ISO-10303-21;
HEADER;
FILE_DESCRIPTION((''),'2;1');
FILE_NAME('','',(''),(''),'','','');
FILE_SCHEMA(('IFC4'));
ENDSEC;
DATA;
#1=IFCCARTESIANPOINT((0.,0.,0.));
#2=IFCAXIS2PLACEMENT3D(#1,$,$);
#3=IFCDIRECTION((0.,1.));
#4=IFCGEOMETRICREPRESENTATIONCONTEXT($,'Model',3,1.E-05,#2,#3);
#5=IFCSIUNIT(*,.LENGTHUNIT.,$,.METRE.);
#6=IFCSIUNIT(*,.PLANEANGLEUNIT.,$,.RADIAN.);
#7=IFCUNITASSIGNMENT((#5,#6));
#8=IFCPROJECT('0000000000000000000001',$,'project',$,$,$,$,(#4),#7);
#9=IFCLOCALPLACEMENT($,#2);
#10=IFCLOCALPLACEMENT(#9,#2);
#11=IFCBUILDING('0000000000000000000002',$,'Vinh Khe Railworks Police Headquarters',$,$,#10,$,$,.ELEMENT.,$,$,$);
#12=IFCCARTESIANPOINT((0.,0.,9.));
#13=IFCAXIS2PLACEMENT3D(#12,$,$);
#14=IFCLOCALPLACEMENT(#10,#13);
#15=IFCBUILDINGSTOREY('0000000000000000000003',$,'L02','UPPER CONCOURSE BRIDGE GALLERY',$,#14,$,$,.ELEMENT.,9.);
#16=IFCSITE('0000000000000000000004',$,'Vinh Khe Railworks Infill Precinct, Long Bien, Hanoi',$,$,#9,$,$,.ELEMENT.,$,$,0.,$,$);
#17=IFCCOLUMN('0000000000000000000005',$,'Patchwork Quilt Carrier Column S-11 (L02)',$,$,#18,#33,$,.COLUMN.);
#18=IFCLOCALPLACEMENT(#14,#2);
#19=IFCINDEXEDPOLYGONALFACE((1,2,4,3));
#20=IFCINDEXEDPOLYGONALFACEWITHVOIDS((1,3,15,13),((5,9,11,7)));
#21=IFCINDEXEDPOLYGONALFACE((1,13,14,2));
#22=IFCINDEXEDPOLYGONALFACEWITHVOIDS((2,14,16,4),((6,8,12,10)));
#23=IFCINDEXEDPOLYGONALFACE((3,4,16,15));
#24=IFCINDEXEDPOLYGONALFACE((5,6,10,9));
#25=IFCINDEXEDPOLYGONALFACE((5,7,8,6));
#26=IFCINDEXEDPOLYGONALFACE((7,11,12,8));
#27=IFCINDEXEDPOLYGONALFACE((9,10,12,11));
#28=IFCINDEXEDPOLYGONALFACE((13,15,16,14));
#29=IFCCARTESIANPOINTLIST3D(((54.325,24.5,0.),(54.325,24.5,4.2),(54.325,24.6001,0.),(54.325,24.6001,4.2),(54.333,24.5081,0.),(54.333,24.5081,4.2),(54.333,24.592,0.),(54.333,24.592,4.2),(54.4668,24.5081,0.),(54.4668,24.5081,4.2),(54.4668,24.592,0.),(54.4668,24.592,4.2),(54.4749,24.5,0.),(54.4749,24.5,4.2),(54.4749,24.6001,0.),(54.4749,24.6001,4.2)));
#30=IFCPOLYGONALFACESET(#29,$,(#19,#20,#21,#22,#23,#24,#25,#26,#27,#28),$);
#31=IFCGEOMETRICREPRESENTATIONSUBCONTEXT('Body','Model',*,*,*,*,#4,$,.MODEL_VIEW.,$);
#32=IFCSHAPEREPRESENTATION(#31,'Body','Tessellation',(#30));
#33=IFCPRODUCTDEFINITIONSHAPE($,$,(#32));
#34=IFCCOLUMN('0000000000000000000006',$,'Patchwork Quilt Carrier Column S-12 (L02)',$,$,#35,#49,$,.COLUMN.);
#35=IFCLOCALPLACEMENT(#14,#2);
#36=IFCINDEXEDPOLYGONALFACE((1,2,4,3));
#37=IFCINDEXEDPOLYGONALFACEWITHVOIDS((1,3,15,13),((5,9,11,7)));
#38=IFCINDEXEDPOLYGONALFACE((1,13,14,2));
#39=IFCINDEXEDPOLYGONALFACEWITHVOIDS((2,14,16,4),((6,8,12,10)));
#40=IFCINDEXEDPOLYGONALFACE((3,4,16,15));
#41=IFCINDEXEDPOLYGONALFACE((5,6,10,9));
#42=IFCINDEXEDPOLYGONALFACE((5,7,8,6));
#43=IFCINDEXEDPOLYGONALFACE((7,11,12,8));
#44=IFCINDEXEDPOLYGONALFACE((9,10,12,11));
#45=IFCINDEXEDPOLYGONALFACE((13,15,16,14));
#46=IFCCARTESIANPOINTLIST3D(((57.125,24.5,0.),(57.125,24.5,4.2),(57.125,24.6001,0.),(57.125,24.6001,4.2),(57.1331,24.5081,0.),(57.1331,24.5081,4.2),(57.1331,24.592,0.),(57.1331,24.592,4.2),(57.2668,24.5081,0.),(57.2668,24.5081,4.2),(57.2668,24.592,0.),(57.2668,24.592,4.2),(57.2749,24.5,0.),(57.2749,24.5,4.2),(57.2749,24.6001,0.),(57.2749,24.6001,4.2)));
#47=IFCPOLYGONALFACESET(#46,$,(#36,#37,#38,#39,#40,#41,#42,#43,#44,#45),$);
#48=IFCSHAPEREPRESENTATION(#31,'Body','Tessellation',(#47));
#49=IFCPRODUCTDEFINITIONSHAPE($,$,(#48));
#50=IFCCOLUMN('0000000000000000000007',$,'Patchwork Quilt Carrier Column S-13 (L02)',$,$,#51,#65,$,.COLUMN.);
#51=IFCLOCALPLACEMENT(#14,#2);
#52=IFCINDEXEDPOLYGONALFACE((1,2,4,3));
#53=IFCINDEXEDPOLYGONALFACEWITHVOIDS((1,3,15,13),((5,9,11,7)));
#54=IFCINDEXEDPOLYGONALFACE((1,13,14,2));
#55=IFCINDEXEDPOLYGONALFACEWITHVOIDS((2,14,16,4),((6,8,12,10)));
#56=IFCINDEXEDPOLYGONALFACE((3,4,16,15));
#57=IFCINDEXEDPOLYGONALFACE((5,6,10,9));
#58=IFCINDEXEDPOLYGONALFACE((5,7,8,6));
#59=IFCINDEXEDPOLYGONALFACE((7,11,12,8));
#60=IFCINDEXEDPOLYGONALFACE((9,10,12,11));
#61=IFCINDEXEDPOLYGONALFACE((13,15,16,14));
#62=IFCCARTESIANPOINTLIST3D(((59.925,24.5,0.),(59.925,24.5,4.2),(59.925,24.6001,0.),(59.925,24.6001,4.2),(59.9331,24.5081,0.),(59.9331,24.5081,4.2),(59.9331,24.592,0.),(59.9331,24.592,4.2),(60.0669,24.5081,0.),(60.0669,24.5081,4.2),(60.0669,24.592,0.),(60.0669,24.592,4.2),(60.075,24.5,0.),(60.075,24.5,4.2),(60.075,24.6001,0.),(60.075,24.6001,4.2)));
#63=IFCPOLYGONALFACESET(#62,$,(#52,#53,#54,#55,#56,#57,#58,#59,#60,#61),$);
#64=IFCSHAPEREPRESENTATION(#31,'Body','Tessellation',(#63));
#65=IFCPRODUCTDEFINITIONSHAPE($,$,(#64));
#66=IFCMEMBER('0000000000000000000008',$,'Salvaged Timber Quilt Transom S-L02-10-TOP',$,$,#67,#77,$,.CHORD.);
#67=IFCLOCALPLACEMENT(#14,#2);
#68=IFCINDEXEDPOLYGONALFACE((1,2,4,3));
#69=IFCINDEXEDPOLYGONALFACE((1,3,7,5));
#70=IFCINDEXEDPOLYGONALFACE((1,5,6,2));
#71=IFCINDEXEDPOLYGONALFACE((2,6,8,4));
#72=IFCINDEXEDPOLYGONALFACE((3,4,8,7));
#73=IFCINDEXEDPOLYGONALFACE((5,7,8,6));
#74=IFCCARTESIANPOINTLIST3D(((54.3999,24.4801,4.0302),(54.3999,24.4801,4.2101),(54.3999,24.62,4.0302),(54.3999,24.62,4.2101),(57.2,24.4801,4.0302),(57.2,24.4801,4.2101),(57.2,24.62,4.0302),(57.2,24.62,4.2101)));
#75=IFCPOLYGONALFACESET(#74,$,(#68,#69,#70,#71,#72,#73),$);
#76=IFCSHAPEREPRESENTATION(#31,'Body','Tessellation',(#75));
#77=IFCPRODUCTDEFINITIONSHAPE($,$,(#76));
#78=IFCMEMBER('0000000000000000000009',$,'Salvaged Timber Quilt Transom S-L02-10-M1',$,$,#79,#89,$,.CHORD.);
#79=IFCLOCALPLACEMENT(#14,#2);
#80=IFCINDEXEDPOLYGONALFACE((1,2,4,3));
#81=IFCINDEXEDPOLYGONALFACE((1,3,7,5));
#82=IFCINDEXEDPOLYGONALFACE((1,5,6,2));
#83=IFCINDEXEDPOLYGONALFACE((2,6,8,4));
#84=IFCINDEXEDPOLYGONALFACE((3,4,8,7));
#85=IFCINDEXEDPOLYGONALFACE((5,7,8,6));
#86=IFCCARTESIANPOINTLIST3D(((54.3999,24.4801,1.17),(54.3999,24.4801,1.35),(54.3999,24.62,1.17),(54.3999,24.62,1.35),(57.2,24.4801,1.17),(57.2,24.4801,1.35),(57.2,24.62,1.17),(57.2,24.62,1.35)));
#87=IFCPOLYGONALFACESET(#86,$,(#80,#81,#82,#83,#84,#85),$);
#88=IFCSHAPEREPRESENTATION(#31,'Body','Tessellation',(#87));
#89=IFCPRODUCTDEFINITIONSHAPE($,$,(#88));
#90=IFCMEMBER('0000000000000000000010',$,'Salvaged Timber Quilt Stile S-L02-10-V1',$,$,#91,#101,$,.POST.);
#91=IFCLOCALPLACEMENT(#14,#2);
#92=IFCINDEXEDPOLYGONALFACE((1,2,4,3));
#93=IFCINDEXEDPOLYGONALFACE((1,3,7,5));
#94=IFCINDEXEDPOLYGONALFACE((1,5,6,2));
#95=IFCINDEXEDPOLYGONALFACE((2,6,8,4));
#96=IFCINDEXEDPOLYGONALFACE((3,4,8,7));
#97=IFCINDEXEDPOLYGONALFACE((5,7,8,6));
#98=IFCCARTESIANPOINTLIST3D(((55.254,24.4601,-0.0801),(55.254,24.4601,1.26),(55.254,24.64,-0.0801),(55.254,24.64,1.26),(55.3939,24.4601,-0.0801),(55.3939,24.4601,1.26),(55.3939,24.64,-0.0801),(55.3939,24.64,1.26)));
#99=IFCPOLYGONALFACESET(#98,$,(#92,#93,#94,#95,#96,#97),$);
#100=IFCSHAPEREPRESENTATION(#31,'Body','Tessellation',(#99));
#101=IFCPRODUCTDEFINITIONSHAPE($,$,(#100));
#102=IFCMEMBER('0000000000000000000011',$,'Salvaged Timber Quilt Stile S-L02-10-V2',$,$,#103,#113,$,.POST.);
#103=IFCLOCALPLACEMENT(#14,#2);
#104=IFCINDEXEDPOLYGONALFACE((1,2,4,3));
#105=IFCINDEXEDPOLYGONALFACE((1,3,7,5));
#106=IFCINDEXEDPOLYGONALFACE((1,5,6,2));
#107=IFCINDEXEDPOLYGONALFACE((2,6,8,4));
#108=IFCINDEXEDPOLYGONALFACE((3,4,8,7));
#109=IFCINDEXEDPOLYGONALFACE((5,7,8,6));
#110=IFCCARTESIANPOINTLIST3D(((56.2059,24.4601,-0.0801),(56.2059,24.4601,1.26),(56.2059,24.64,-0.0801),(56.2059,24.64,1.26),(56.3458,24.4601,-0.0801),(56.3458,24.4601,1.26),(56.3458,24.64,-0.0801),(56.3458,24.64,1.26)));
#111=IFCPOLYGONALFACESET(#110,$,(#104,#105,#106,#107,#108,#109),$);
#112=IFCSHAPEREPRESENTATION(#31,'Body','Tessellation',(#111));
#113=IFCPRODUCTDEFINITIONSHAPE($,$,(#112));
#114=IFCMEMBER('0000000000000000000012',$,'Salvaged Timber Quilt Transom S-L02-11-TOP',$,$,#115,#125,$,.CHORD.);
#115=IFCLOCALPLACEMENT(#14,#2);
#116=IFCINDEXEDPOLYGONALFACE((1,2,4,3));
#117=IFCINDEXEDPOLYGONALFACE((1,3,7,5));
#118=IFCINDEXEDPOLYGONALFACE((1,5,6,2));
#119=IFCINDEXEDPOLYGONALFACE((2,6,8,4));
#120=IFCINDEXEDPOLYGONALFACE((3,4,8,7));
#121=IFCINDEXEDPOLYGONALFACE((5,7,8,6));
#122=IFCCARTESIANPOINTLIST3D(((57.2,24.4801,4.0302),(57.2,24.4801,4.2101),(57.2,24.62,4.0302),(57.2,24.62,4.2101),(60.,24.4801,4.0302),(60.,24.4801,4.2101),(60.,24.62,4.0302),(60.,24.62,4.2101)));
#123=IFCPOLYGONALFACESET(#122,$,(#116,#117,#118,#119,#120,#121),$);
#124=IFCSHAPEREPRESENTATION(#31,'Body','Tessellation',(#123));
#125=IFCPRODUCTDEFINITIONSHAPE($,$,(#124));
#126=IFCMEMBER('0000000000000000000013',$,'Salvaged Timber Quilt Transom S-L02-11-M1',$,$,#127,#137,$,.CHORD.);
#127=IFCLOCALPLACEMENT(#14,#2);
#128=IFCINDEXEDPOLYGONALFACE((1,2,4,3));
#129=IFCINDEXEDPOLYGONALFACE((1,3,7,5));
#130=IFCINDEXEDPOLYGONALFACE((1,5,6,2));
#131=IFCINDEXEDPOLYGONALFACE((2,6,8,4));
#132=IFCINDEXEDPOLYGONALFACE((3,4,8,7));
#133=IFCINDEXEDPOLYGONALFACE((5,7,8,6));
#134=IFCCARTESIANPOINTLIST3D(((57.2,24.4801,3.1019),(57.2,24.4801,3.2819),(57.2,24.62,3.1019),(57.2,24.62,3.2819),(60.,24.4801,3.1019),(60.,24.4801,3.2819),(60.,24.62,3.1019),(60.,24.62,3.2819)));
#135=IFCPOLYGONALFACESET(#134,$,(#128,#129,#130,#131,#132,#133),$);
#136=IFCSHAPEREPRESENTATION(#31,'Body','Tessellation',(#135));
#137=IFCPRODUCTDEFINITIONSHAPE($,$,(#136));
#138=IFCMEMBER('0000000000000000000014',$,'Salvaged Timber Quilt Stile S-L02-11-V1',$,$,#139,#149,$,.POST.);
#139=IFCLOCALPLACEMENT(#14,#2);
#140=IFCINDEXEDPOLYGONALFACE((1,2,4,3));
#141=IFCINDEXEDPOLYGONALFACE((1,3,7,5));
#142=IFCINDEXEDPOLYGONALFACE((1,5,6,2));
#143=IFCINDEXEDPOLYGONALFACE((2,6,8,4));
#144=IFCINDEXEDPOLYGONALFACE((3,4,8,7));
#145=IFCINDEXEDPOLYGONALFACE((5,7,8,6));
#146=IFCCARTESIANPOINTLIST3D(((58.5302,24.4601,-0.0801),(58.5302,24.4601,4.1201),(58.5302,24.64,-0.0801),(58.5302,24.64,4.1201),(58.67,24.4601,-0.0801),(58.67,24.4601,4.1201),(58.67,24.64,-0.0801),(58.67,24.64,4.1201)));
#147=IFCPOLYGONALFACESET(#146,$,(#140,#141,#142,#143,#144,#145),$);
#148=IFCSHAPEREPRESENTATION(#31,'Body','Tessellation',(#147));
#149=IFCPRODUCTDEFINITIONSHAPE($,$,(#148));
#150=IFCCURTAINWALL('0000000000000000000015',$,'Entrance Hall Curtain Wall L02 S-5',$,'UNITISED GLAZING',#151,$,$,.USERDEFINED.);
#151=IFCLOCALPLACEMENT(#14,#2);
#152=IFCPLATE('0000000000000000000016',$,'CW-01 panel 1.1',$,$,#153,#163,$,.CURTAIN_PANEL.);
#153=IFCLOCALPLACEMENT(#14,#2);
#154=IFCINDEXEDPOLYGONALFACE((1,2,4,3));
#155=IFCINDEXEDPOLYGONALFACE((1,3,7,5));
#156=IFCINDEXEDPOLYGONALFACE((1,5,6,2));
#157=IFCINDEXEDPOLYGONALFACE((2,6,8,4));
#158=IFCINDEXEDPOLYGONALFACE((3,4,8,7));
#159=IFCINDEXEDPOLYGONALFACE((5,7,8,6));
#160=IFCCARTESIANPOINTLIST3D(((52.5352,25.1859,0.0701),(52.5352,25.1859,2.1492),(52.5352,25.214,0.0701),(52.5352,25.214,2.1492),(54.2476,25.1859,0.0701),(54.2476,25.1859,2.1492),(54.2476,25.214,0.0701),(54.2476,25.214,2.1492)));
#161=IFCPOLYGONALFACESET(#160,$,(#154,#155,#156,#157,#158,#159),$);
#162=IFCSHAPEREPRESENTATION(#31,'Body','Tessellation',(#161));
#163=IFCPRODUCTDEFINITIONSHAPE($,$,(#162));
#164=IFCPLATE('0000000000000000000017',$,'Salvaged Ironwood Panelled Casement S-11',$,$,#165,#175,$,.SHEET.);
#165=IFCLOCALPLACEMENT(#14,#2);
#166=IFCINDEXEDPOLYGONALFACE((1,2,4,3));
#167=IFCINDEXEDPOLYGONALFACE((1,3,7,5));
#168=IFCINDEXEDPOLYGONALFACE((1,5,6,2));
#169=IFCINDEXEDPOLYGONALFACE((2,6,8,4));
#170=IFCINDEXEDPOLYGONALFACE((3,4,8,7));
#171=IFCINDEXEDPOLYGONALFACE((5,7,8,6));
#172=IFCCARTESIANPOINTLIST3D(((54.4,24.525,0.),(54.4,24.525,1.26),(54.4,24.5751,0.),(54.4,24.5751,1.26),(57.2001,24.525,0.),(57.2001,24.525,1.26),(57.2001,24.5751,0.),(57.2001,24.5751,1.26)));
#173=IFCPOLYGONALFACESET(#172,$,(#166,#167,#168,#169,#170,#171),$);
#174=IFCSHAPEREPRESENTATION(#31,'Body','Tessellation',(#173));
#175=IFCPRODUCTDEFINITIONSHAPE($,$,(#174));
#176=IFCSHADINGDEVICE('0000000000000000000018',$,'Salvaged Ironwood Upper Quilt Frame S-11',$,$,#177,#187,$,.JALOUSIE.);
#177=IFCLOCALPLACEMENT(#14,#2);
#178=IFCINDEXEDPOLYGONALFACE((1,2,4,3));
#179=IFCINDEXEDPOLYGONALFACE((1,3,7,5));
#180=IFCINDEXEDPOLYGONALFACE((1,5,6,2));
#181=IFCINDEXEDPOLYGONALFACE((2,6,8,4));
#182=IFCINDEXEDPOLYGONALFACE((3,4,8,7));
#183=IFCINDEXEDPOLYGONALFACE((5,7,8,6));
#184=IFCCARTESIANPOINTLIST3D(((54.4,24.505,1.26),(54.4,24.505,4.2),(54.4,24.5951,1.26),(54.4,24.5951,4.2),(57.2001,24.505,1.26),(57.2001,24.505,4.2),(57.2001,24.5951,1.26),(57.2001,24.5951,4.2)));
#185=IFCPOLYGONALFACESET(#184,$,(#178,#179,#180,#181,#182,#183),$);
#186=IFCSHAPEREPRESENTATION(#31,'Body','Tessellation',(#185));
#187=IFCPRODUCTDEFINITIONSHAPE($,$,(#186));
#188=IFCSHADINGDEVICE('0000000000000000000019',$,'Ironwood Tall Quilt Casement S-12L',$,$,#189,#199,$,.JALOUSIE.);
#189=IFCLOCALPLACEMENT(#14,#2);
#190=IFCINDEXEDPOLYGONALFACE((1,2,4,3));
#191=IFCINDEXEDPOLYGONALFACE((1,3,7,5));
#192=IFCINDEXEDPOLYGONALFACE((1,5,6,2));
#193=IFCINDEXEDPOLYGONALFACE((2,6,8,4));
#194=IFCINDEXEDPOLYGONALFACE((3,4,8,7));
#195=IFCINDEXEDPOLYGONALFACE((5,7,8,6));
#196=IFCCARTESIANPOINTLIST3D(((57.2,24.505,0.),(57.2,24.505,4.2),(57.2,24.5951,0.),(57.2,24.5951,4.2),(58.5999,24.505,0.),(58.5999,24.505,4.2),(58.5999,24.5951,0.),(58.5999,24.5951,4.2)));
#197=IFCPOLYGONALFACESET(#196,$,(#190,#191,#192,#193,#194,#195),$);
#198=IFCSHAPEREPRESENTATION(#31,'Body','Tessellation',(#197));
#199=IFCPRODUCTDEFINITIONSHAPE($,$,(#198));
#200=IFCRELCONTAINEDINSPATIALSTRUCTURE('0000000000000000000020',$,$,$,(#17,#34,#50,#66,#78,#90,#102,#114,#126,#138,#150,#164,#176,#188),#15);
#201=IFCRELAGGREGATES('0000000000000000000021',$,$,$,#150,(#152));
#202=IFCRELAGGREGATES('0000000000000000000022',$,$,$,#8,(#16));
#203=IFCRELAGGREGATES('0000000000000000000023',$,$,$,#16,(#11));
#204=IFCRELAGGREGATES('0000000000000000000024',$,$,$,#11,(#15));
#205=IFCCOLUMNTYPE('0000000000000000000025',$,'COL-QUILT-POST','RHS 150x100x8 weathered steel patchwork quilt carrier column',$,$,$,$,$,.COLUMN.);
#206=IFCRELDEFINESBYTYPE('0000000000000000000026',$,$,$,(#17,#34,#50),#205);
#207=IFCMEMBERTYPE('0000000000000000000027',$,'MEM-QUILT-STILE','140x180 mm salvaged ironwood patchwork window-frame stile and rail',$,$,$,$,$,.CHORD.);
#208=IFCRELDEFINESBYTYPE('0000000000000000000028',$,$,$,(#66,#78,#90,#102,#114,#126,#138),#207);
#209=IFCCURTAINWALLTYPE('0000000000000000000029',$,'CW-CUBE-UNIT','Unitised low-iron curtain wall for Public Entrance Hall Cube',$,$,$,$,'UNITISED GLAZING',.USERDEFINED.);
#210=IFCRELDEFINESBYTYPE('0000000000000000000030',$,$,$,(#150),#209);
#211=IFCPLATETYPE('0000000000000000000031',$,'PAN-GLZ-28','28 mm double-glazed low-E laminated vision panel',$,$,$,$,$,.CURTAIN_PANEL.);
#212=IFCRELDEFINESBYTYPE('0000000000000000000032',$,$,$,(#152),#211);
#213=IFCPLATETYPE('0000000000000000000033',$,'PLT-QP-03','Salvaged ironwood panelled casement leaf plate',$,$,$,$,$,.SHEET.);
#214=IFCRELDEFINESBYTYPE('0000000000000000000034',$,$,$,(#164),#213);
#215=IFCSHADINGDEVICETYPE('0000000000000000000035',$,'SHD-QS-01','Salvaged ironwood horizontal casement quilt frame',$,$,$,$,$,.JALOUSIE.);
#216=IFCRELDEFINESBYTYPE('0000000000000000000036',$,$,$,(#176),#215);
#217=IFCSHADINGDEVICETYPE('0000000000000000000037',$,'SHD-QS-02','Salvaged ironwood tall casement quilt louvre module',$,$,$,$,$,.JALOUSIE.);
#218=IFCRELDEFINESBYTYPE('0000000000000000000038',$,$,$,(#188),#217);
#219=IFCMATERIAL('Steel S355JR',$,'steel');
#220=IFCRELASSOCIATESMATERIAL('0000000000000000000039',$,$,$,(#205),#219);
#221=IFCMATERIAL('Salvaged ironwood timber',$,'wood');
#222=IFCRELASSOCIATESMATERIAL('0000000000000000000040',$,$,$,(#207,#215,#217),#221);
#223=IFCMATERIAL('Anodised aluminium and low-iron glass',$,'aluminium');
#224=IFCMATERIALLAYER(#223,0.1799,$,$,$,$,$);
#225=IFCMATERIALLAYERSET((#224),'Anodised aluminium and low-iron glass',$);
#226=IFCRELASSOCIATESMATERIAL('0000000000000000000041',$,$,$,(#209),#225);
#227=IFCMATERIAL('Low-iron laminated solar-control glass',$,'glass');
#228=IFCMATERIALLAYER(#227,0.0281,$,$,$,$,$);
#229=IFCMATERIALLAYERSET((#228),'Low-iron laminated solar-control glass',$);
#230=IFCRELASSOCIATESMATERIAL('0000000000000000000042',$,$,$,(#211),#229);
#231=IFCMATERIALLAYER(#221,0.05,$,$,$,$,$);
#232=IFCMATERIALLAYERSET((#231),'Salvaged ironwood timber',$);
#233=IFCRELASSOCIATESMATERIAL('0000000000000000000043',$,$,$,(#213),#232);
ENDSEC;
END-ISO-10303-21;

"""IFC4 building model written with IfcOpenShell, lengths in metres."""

from ifc_helpers import new_model, si_unit, direction, frame, origin, origin_2d, place, context, subcontext, project, spatial, rectangle, hollow_rectangle, extrude, material, layer, layer_set, material_profile, profile_set, type_object, element, aggregate, save


model = new_model("IFC4")

# Units and contexts
model_context = context("Model", 3, precision=1e-05, world=origin(), true_north=direction((0.0, 1.0)))
body_context = subcontext(model_context, "Body", "Model", "MODEL_VIEW")
ifc_project = project(units=[si_unit("LENGTHUNIT", "METRE"), si_unit("PLANEANGLEUNIT", "RADIAN")], contexts=[model_context])

# Site, building, storey
site_placement = place(None, origin())
site = spatial("IfcSite", under=ifc_project, at=site_placement, Name="Vinh Khe Railworks Infill Precinct, Long Bien, Hanoi", CompositionType="ELEMENT", RefElevation=0.0)
building_placement = place(site_placement, origin())
building = spatial("IfcBuilding", under=site, at=building_placement, Name="Vinh Khe Railworks Police Headquarters", CompositionType="ELEMENT")
storey_placement = place(building_placement, frame((0.0, 0.0, 9.0)))
storey = spatial("IfcBuildingStorey", under=building, at=storey_placement, Name="L02", Description="UPPER CONCOURSE BRIDGE GALLERY", CompositionType="ELEMENT", Elevation=9.0)

# Columns
ifc_material_1 = material(Name="Steel S355JR", Category="steel")
ifc_material_profile_1 = material_profile(ifc_material_1, hollow_rectangle(XDim=0.1499, YDim=0.1001, WallThickness=0.0081, at=origin_2d()), Name="RHS 150x100x8")
ifc_profile_set_1 = profile_set([ifc_material_profile_1], Name="Steel S355JR")
column_type = type_object("IfcColumnType", Name="COL-QUILT-POST", Description="RHS 150x100x8 weathered steel patchwork quilt carrier column", PredefinedType="COLUMN", material=ifc_profile_set_1)
for number, where, z_axis, x_axis, name in (
    (1, (54.3999, 24.55, 0.0), (0.0, 0.0, 1.0), (1.0, 0.0, 0.0), "Patchwork Quilt Carrier Column S-11 (L02)"),
    (2, (57.2, 24.55, 0.0), (0.0, 0.0, 1.0), (1.0, 0.0, 0.0), "Patchwork Quilt Carrier Column S-12 (L02)"),
    (3, (60.0, 24.55, 0.0), (0.0, 0.0, 1.0), (1.0, 0.0, 0.0), "Patchwork Quilt Carrier Column S-13 (L02)"),
):
    element("IfcColumn", number, at=place(storey_placement, frame(where, z_axis=z_axis, x_axis=x_axis)), inside=storey, type_object=column_type, Name=name, PredefinedType="COLUMN", context=body_context, shape_type="SweptSolid", body=[
        extrude(hollow_rectangle(XDim=0.1499, YDim=0.1001, WallThickness=0.0081, at=origin_2d()), origin(), (0.0, 0.0, 1.0), 4.2),
    ])

# Members
ifc_material_2 = material(Name="Salvaged ironwood timber", Category="wood")
ifc_material_profile_2 = material_profile(ifc_material_2, rectangle(XDim=0.1399, YDim=0.1799, at=origin_2d()), Name="TIMBER 140x180")
ifc_profile_set_2 = profile_set([ifc_material_profile_2], Name="Salvaged ironwood timber")
member_type = type_object("IfcMemberType", Name="MEM-QUILT-STILE", Description="140x180 mm salvaged ironwood patchwork window-frame stile and rail", PredefinedType="CHORD", material=ifc_profile_set_2)
for number, where, z_axis, x_axis, name in (
    (4, (54.3999, 24.55, 4.1201), (1.0, 0.0, 0.0), (0.0, 1.0, 0.0), "Salvaged Timber Quilt Transom S-L02-10-TOP"),
    (5, (54.3999, 24.55, 1.26), (1.0, 0.0, 0.0), (0.0, 1.0, 0.0), "Salvaged Timber Quilt Transom S-L02-10-M1"),
):
    element("IfcMember", number, at=place(storey_placement, frame(where, z_axis=z_axis, x_axis=x_axis)), inside=storey, type_object=member_type, Name=name, PredefinedType="CHORD", context=body_context, shape_type="SweptSolid", body=[
        extrude(rectangle(XDim=0.1399, YDim=0.1799, at=origin_2d()), origin(), (0.0, 0.0, 1.0), 2.8),
    ])
for number, where, z_axis, x_axis, name in (
    (6, (55.324, 24.55, -0.0801), (0.0, 0.0, 1.0), (1.0, 0.0, 0.0), "Salvaged Timber Quilt Stile S-L02-10-V1"),
    (7, (56.2759, 24.55, -0.0801), (0.0, 0.0, 1.0), (1.0, 0.0, 0.0), "Salvaged Timber Quilt Stile S-L02-10-V2"),
):
    element("IfcMember", number, at=place(storey_placement, frame(where, z_axis=z_axis, x_axis=x_axis)), inside=storey, type_object=member_type, Name=name, PredefinedType="POST", context=body_context, shape_type="SweptSolid", body=[
        extrude(rectangle(XDim=0.1399, YDim=0.1799, at=origin_2d()), origin(), (0.0, 0.0, 1.0), 1.3401),
    ])
for number, where, z_axis, x_axis, name in (
    (8, (57.2, 24.55, 4.1201), (1.0, 0.0, 0.0), (0.0, 1.0, 0.0), "Salvaged Timber Quilt Transom S-L02-11-TOP"),
    (9, (57.2, 24.55, 3.1919), (1.0, 0.0, 0.0), (0.0, 1.0, 0.0), "Salvaged Timber Quilt Transom S-L02-11-M1"),
):
    element("IfcMember", number, at=place(storey_placement, frame(where, z_axis=z_axis, x_axis=x_axis)), inside=storey, type_object=member_type, Name=name, PredefinedType="CHORD", context=body_context, shape_type="SweptSolid", body=[
        extrude(rectangle(XDim=0.1399, YDim=0.1799, at=origin_2d()), origin(), (0.0, 0.0, 1.0), 2.8),
    ])
member_placement = place(storey_placement, frame((58.6001, 24.55, -0.0801), z_axis=(0.0, 0.0, 1.0), x_axis=(1.0, 0.0, 0.0)))
element("IfcMember", 10, at=member_placement, inside=storey, type_object=member_type, Name="Salvaged Timber Quilt Stile S-L02-11-V1", PredefinedType="POST", context=body_context, shape_type="SweptSolid", body=[
    extrude(rectangle(XDim=0.1399, YDim=0.1799, at=origin_2d()), origin(), (0.0, 0.0, 1.0), 4.2002),
])

# Curtain wall, plate
ifc_material_3 = material(Name="Anodised aluminium and low-iron glass", Category="aluminium")
ifc_layer_1 = layer(ifc_material_3, 0.1799)
ifc_layer_set_1 = layer_set([ifc_layer_1], Name="Anodised aluminium and low-iron glass")
curtain_wall_type = type_object("IfcCurtainWallType", Name="CW-CUBE-UNIT", Description="Unitised low-iron curtain wall for Public Entrance Hall Cube", ElementType="UNITISED GLAZING", PredefinedType="USERDEFINED", material=ifc_layer_set_1)
curtain_wall_placement = place(storey_placement, origin())
curtain_wall = element("IfcCurtainWall", 11, at=curtain_wall_placement, inside=storey, type_object=curtain_wall_type, Name="Entrance Hall Curtain Wall L02 S-5", ObjectType="UNITISED GLAZING", PredefinedType="USERDEFINED")
ifc_material_4 = material(Name="Low-iron laminated solar-control glass", Category="glass")
ifc_layer_2 = layer(ifc_material_4, 0.0281)
ifc_layer_set_2 = layer_set([ifc_layer_2], Name="Low-iron laminated solar-control glass")
plate_type_1 = type_object("IfcPlateType", Name="PAN-GLZ-28", Description="28 mm double-glazed low-E laminated vision panel", PredefinedType="CURTAIN_PANEL", material=ifc_layer_set_2)
plate_1_placement = place(storey_placement, frame((53.3914, 25.2, 0.0701), z_axis=(0.0, 0.0, 1.0), x_axis=(1.0, 0.0, 0.0)))
plate_1 = element("IfcPlate", 12, at=plate_1_placement, type_object=plate_type_1, Name="CW-01 panel 1.1", PredefinedType="CURTAIN_PANEL", context=body_context, shape_type="SweptSolid", body=[
    extrude(rectangle(XDim=1.7124, YDim=0.0281, at=origin_2d()), origin(), (0.0, 0.0, 1.0), 2.0791),
])
aggregate(curtain_wall, [plate_1])

# Plate
ifc_layer_3 = layer(ifc_material_2, 0.05)
ifc_layer_set_3 = layer_set([ifc_layer_3], Name="Salvaged ironwood timber")
plate_type_2 = type_object("IfcPlateType", Name="PLT-QP-03", Description="Salvaged ironwood panelled casement leaf plate", PredefinedType="SHEET", material=ifc_layer_set_3)
plate_2_placement = place(storey_placement, frame((55.8, 24.55, 0.0), z_axis=(0.0, 0.0, 1.0), x_axis=(1.0, 0.0, 0.0)))
element("IfcPlate", 13, at=plate_2_placement, inside=storey, type_object=plate_type_2, Name="Salvaged Ironwood Panelled Casement S-11", PredefinedType="SHEET", context=body_context, shape_type="SweptSolid", body=[
    extrude(rectangle(XDim=2.8, YDim=0.05, at=origin_2d()), origin(), (0.0, 0.0, 1.0), 1.26),
])

# Shading devices
shading_device_type_1 = type_object("IfcShadingDeviceType", Name="SHD-QS-01", Description="Salvaged ironwood horizontal casement quilt frame", PredefinedType="JALOUSIE", material=ifc_material_2)
shading_device_1_placement = place(storey_placement, frame((55.8, 24.55, 1.26), z_axis=(0.0, 0.0, 1.0), x_axis=(1.0, 0.0, 0.0)))
element("IfcShadingDevice", 14, at=shading_device_1_placement, inside=storey, type_object=shading_device_type_1, Name="Salvaged Ironwood Upper Quilt Frame S-11", PredefinedType="JALOUSIE", context=body_context, shape_type="SweptSolid", body=[
    extrude(rectangle(XDim=2.8, YDim=0.0901, at=origin_2d()), origin(), (0.0, 0.0, 1.0), 2.9399),
])
shading_device_type_2 = type_object("IfcShadingDeviceType", Name="SHD-QS-02", Description="Salvaged ironwood tall casement quilt louvre module", PredefinedType="JALOUSIE", material=ifc_material_2)
shading_device_2_placement = place(storey_placement, frame((57.8999, 24.55, 0.0), z_axis=(0.0, 0.0, 1.0), x_axis=(1.0, 0.0, 0.0)))
element("IfcShadingDevice", 15, at=shading_device_2_placement, inside=storey, type_object=shading_device_type_2, Name="Ironwood Tall Quilt Casement S-12L", PredefinedType="JALOUSIE", context=body_context, shape_type="SweptSolid", body=[
    extrude(rectangle(XDim=1.3999, YDim=0.0901, at=origin_2d()), origin(), (0.0, 0.0, 1.0), 4.2),
])

save(model, "model.ifc")
